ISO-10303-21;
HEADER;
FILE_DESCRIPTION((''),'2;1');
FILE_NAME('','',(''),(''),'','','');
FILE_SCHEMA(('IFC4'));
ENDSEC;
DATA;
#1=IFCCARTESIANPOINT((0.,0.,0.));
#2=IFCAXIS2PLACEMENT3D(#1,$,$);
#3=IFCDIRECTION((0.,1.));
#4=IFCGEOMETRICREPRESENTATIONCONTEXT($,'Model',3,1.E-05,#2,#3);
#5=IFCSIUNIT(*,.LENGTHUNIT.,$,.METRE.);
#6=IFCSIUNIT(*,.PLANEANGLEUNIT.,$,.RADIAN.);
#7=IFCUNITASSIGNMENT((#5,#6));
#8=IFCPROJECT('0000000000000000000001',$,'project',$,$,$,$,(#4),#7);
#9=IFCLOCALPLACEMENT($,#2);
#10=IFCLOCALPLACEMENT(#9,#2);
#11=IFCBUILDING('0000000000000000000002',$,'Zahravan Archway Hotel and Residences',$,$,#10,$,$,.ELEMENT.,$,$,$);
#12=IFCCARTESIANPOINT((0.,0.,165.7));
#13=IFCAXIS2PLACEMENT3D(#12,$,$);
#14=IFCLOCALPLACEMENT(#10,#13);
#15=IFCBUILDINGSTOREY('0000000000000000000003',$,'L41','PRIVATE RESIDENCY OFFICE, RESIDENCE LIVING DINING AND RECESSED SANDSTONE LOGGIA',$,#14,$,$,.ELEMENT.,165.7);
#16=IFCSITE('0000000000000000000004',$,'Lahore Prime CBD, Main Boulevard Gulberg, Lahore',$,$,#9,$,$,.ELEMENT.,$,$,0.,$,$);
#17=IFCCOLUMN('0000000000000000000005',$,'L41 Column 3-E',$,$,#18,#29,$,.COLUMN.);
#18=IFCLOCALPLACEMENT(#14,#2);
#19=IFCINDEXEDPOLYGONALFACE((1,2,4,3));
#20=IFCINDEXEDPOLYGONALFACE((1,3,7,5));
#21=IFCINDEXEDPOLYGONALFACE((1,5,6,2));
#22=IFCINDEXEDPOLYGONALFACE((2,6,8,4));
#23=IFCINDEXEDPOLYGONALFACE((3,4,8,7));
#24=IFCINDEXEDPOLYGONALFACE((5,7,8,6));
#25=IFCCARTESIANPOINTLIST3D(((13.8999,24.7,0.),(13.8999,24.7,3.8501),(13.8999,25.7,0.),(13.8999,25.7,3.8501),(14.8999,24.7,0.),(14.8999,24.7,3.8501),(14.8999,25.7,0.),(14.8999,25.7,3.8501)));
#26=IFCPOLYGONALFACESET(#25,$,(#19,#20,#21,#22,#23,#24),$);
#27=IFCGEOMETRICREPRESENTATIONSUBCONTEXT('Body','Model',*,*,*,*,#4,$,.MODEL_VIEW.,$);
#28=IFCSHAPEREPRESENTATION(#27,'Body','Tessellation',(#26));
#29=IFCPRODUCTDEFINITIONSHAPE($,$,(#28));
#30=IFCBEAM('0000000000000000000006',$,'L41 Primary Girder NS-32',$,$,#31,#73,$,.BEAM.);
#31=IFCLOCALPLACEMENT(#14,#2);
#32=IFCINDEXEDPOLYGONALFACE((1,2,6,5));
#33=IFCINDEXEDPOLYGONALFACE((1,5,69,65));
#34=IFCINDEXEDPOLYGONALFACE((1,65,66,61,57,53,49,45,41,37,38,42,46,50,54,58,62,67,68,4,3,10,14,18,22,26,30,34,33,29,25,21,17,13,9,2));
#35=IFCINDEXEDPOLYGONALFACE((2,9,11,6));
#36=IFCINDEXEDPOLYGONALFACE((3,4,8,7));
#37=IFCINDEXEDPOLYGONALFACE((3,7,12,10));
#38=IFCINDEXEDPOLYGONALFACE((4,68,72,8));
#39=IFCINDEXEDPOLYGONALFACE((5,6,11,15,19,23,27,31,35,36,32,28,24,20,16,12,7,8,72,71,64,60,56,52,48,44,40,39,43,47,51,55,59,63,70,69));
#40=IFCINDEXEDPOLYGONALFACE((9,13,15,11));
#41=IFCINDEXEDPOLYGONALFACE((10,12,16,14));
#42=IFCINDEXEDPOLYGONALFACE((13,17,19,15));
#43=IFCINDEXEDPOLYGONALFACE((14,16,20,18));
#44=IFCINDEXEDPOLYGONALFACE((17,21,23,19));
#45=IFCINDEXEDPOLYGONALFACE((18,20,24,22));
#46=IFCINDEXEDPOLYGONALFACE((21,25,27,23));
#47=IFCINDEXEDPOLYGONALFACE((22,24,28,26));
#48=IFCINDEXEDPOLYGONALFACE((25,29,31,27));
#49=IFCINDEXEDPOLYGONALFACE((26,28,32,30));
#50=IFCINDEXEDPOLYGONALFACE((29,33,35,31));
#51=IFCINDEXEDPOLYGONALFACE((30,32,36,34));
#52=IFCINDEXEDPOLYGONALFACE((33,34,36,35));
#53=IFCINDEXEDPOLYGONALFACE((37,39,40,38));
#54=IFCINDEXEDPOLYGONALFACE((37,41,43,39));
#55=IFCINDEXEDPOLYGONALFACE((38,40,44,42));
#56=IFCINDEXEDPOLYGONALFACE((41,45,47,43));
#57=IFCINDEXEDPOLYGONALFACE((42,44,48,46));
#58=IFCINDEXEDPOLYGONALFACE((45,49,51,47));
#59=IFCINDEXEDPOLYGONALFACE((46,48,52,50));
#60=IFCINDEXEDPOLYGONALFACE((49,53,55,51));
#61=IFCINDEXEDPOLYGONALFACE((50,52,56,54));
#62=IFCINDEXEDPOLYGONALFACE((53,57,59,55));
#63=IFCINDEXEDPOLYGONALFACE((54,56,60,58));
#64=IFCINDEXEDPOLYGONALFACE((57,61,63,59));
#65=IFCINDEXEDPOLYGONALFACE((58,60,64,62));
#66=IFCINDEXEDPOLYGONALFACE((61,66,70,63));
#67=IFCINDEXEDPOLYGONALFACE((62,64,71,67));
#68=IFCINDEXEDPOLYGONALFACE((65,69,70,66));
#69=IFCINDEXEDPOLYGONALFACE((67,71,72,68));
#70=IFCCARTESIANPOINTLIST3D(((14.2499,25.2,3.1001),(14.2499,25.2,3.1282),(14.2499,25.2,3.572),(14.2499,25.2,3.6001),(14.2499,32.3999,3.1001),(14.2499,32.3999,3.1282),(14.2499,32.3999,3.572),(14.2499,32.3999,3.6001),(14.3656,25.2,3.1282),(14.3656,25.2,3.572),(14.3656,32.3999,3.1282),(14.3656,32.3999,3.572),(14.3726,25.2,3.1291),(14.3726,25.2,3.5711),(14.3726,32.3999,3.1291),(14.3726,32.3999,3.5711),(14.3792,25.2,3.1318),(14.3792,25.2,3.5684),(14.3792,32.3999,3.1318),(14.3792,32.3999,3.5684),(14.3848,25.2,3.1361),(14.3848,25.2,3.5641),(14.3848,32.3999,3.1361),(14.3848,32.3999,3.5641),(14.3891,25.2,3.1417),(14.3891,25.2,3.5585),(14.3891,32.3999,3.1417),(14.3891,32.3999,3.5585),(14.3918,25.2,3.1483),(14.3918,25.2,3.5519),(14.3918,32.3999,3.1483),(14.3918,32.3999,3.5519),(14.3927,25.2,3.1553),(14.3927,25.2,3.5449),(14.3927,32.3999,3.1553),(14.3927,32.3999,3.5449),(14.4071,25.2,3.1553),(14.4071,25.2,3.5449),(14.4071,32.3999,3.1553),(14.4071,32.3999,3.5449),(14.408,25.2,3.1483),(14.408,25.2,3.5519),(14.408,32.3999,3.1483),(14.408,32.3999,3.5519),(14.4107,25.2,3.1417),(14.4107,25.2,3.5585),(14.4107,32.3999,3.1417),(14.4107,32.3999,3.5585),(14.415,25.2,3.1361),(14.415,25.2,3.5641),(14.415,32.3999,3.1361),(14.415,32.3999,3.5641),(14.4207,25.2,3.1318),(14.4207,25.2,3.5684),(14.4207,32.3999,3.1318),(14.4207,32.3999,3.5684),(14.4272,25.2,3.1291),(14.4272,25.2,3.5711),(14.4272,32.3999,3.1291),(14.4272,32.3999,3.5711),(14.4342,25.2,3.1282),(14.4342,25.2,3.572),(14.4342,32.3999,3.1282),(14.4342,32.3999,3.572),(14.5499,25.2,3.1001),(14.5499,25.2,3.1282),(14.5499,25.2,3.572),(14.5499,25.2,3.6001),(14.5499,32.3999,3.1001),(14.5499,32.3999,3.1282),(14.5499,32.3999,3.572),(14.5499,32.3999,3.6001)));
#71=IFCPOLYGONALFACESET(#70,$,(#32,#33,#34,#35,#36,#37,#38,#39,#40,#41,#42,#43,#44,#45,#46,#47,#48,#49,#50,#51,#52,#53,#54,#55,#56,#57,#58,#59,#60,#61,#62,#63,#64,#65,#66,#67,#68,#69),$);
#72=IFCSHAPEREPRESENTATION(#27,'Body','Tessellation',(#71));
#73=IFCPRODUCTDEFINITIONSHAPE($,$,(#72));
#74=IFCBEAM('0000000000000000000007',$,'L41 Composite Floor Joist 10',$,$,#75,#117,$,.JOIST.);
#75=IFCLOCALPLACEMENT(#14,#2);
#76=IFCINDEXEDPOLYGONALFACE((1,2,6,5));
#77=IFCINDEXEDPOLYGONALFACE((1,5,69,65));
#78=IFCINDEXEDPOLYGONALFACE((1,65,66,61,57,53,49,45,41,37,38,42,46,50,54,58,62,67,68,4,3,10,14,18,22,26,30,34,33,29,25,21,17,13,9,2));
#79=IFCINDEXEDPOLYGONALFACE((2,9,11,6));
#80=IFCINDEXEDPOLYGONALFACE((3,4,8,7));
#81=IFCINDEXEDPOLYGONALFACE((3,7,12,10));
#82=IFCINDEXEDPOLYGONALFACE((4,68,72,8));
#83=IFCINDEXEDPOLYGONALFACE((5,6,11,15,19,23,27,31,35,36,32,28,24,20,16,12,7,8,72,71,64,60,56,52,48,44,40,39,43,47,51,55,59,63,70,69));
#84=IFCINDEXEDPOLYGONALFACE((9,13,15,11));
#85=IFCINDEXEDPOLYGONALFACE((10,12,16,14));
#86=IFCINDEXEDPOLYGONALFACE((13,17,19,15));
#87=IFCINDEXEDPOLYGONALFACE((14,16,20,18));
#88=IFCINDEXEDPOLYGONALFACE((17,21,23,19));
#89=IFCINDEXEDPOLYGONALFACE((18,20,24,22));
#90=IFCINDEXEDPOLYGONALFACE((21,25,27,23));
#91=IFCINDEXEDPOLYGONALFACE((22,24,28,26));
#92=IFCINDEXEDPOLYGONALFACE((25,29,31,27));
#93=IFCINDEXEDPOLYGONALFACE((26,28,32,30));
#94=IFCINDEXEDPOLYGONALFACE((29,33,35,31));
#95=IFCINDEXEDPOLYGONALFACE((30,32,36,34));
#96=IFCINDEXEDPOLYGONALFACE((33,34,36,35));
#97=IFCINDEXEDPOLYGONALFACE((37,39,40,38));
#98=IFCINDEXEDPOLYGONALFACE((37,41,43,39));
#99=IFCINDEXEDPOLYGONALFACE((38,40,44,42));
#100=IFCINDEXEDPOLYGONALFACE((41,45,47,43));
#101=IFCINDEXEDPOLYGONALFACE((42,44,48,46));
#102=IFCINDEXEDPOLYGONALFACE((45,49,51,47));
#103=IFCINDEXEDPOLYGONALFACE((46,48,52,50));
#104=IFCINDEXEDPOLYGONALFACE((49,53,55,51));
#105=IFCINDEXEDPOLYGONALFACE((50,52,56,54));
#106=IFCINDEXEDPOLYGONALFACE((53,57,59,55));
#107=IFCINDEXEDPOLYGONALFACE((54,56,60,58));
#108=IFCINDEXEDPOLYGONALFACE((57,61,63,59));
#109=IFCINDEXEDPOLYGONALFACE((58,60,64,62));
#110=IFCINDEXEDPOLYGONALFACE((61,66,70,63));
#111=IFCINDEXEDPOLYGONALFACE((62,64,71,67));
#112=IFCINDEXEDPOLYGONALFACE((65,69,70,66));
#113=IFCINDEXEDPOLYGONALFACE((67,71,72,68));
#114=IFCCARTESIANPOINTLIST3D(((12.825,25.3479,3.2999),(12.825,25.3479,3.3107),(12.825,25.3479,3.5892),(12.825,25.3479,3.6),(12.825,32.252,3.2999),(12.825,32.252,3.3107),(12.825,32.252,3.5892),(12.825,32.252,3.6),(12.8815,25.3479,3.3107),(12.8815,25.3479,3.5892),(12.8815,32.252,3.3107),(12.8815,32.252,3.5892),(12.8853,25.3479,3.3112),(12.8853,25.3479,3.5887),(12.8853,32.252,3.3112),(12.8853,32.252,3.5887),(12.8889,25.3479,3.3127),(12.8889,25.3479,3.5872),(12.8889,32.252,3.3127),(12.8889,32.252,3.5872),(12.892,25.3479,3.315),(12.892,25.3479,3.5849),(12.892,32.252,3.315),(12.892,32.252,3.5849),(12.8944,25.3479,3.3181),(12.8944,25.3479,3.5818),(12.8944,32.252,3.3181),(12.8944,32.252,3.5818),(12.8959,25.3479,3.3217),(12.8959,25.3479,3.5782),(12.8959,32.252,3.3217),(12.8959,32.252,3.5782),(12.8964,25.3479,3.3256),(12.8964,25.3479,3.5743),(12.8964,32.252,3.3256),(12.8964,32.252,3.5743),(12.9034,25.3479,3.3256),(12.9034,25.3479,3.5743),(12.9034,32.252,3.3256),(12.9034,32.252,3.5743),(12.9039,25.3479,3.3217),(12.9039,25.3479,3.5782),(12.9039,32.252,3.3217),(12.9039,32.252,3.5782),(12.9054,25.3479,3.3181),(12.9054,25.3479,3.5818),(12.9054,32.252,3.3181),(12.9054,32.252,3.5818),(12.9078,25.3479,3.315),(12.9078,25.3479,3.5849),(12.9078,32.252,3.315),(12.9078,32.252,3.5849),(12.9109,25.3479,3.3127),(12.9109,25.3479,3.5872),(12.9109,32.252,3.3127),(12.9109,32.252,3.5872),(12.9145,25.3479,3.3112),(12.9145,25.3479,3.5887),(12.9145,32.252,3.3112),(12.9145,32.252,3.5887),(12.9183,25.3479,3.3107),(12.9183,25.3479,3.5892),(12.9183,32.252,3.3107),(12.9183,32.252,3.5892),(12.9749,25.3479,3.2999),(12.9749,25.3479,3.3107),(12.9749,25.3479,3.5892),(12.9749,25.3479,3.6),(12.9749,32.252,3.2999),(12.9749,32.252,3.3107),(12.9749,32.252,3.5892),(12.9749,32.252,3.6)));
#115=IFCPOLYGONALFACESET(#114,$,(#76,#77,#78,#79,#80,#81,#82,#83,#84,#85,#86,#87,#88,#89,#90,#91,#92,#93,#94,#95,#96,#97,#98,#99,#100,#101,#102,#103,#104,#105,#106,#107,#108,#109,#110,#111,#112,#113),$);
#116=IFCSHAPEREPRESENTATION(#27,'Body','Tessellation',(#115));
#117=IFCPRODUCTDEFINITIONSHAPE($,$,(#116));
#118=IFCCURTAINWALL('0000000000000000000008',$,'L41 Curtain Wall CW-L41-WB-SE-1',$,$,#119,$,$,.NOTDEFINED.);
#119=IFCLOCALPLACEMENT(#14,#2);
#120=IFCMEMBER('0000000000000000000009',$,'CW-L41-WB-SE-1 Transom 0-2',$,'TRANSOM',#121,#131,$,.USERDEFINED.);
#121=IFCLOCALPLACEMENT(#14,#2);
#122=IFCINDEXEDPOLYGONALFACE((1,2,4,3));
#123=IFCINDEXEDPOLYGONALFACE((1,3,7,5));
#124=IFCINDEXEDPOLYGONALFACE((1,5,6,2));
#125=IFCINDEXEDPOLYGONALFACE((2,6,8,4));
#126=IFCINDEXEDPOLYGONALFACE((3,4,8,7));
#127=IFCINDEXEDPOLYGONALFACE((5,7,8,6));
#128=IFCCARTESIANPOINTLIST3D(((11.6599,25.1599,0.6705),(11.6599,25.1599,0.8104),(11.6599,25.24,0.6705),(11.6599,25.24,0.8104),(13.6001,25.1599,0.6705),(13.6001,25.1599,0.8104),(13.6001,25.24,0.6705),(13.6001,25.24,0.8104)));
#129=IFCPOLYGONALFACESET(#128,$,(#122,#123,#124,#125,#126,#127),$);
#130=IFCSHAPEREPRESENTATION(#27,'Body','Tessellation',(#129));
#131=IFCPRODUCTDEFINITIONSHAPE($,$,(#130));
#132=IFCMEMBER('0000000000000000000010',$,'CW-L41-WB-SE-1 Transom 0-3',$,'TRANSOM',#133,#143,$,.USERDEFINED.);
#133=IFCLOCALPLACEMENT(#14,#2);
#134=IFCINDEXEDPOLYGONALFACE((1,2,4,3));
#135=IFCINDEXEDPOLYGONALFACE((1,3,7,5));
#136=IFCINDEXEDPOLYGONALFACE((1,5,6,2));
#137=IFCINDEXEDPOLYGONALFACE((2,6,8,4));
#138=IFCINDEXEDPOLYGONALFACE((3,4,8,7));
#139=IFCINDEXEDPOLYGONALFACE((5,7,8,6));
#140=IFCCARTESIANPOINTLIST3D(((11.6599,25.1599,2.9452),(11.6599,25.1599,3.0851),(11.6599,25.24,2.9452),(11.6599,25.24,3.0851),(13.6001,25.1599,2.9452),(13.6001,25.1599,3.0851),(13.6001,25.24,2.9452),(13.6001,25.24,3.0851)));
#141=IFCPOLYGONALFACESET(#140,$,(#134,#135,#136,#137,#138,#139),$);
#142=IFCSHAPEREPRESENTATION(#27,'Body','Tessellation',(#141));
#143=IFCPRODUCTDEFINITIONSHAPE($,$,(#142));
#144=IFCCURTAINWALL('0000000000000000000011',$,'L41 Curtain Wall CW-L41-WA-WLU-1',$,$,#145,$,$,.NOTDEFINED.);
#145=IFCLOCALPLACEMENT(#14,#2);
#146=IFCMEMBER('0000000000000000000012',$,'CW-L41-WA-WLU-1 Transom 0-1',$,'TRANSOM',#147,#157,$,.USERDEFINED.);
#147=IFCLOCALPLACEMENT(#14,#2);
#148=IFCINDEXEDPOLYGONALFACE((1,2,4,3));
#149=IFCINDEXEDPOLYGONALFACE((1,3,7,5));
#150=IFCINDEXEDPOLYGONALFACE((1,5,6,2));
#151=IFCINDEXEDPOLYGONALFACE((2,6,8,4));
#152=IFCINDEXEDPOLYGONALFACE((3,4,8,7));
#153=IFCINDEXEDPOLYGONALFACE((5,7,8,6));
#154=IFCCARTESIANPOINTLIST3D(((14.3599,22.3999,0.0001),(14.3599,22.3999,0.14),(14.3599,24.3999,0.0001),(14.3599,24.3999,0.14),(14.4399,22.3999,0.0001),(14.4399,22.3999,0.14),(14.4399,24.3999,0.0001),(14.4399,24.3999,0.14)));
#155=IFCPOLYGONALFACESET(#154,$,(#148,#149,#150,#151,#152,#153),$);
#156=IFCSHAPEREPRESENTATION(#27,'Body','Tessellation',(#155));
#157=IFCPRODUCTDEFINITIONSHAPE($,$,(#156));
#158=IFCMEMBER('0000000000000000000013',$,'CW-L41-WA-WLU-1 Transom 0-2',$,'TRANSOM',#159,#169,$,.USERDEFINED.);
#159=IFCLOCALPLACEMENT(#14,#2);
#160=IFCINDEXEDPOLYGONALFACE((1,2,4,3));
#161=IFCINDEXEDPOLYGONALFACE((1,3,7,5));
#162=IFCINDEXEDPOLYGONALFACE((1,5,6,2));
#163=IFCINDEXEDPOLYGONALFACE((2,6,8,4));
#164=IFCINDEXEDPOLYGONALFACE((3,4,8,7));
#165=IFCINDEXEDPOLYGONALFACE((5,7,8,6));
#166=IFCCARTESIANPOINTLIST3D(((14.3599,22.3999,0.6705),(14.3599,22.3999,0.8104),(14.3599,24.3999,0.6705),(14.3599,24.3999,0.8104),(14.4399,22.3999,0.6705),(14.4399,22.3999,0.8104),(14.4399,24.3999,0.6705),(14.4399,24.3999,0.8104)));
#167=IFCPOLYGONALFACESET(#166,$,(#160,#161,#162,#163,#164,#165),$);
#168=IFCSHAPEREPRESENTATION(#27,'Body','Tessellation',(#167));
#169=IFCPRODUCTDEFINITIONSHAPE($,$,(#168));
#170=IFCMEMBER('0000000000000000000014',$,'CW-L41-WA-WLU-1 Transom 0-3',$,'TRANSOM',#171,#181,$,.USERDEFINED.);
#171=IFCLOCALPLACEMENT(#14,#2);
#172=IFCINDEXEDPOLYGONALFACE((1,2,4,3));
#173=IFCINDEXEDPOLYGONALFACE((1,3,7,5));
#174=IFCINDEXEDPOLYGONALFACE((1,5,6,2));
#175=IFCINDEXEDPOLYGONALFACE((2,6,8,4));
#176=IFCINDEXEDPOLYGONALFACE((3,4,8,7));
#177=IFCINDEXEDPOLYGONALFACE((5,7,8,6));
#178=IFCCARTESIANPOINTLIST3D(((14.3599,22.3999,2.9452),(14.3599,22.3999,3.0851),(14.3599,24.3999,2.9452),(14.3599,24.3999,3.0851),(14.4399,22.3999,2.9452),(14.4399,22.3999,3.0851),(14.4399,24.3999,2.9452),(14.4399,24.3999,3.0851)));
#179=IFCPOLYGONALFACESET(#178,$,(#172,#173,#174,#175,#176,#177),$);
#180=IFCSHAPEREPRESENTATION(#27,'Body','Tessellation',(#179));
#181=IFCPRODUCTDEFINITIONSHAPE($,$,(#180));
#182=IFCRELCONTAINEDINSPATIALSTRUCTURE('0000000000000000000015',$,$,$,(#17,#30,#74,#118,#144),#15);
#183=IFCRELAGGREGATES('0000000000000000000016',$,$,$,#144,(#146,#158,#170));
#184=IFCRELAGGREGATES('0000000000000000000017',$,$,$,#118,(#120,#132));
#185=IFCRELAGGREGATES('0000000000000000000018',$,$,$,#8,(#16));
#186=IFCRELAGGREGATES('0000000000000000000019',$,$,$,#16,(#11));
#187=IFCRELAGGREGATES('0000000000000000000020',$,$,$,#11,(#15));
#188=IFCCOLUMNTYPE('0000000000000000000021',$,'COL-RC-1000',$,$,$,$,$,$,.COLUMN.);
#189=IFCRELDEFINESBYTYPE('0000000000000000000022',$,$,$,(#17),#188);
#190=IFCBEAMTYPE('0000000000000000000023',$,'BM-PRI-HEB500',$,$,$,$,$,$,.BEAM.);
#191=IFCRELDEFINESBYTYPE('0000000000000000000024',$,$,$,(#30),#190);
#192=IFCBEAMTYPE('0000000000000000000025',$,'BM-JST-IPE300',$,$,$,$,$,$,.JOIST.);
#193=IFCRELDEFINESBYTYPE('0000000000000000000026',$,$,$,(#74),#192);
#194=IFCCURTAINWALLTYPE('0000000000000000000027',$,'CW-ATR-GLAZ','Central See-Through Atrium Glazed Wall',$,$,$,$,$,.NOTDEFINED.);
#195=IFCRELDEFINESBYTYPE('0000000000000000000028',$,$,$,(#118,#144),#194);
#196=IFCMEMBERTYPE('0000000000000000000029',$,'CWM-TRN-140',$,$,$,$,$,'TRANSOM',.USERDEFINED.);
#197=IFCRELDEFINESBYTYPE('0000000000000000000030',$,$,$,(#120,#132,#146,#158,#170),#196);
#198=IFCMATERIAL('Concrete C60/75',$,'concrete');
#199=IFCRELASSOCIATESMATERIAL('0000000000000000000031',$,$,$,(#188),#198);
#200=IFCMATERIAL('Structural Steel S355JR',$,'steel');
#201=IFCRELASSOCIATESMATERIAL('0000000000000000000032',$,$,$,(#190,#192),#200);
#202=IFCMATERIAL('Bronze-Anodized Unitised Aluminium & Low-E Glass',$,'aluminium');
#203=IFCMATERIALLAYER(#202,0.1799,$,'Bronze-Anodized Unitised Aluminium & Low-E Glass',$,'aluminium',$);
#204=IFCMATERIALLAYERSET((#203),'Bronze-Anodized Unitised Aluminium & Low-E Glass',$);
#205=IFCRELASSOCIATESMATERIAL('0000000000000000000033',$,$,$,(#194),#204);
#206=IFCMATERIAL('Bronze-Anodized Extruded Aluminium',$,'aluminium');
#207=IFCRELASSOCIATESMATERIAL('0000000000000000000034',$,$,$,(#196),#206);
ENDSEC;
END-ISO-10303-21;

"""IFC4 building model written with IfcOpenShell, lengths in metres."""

from ifc_helpers import new_model, si_unit, direction, frame, origin, origin_2d, place, context, subcontext, project, spatial, rectangle, i_section, extrude, source, transform, mapped, material, layer, layer_set, material_profile, profile_set, type_object, type_shapes, element, aggregate, save


model = new_model("IFC4")

# Units and contexts
model_context = context("Model", 3, precision=1e-05, world=origin(), true_north=direction((0.0, 1.0)))
body_context = subcontext(model_context, "Body", "Model", "MODEL_VIEW")
ifc_project = project(units=[si_unit("LENGTHUNIT", "METRE"), si_unit("PLANEANGLEUNIT", "RADIAN")], contexts=[model_context])

# Site, building, storey
site_placement = place(None, origin())
site = spatial("IfcSite", under=ifc_project, at=site_placement, Name="Lahore Prime CBD, Main Boulevard Gulberg, Lahore", CompositionType="ELEMENT", RefElevation=0.0)
building_placement = place(site_placement, origin())
building = spatial("IfcBuilding", under=site, at=building_placement, Name="Zahravan Archway Hotel and Residences", CompositionType="ELEMENT")
storey_placement = place(building_placement, frame((0.0, 0.0, 165.7)))
storey = spatial("IfcBuildingStorey", under=building, at=storey_placement, Name="L41", Description="PRIVATE RESIDENCY OFFICE, RESIDENCE LIVING DINING AND RECESSED SANDSTONE LOGGIA", CompositionType="ELEMENT", Elevation=165.7)

# Column
ifc_material_1 = material(Name="Concrete C60/75", Category="concrete")
ifc_material_profile_1 = material_profile(ifc_material_1, rectangle(XDim=1.0, YDim=1.0, at=origin_2d()), Name="RC-COL-1000x1000", Category="concrete")
ifc_profile_set_1 = profile_set([ifc_material_profile_1], Name="Concrete C60/75")
column_type = type_object("IfcColumnType", Name="COL-RC-1000", PredefinedType="COLUMN", material=ifc_profile_set_1)
shared_shape_1 = source(origin(), body_context, "Body", "SweptSolid", [
    extrude(rectangle(XDim=1.0, YDim=1.0, at=origin_2d()), origin(), (0.0, 0.0, 1.0), 3.8501),
])
column_placement = place(storey_placement, frame((14.3999, 25.2, 0.0), z_axis=(0.0, 0.0, 1.0), x_axis=(1.0, 0.0, 0.0)))
element("IfcColumn", 1, at=column_placement, inside=storey, type_object=column_type, Name="L41 Column 3-E", PredefinedType="COLUMN", context=body_context, shape_type="MappedRepresentation", body=[
    mapped(shared_shape_1, transform((0.0, 0.0, 0.0), scale=1.0)),
])

# Beams
ifc_material_2 = material(Name="Structural Steel S355JR", Category="steel")
ifc_material_profile_2 = material_profile(ifc_material_2, i_section(OverallWidth=0.3, OverallDepth=0.5, WebThickness=0.0144, FlangeThickness=0.0281, FilletRadius=0.0271, at=origin_2d()), Name="HEB 500", Category="steel")
ifc_profile_set_2 = profile_set([ifc_material_profile_2], Name="Structural Steel S355JR")
beam_type_1 = type_object("IfcBeamType", Name="BM-PRI-HEB500", PredefinedType="BEAM", material=ifc_profile_set_2)
shared_shape_2 = source(origin(), body_context, "Body", "SweptSolid", [
    extrude(i_section(OverallWidth=0.3, OverallDepth=0.5, WebThickness=0.0144, FlangeThickness=0.0281, FilletRadius=0.0271, at=origin_2d()), origin(), (0.0, 0.0, 1.0), 7.2),
])
beam_1_placement = place(storey_placement, frame((14.3999, 25.2, 3.3501), z_axis=(0.0, 1.0, 0.0), x_axis=(-1.0, 0.0, 0.0)))
element("IfcBeam", 2, at=beam_1_placement, inside=storey, type_object=beam_type_1, Name="L41 Primary Girder NS-32", PredefinedType="BEAM", context=body_context, shape_type="MappedRepresentation", body=[
    mapped(shared_shape_2, transform((0.0, 0.0, 0.0), scale=1.0)),
])
ifc_material_profile_3 = material_profile(ifc_material_2, i_section(OverallWidth=0.1499, OverallDepth=0.3, WebThickness=0.0071, FlangeThickness=0.0107, FilletRadius=0.0149, at=origin_2d()), Name="IPE 300", Category="steel")
ifc_profile_set_3 = profile_set([ifc_material_profile_3], Name="Structural Steel S355JR")
beam_type_2 = type_object("IfcBeamType", Name="BM-JST-IPE300", PredefinedType="JOIST", material=ifc_profile_set_3)
shared_shape_3 = source(origin(), body_context, "Body", "SweptSolid", [
    extrude(i_section(OverallWidth=0.1499, OverallDepth=0.3, WebThickness=0.0071, FlangeThickness=0.0107, FilletRadius=0.0149, at=origin_2d()), origin(), (0.0, 0.0, 1.0), 6.9041),
])
type_shapes(beam_type_2, [shared_shape_3])
beam_2_placement = place(storey_placement, frame((12.8999, 25.3479, 3.45), z_axis=(0.0, 1.0, 0.0), x_axis=(-1.0, 0.0, 0.0)))
element("IfcBeam", 3, at=beam_2_placement, inside=storey, type_object=beam_type_2, Name="L41 Composite Floor Joist 10", PredefinedType="JOIST", context=body_context, shape_type="MappedRepresentation", body=[
    mapped(shared_shape_3, transform((0.0, 0.0, 0.0), scale=1.0)),
])

# Curtain walls, members
ifc_material_3 = material(Name="Bronze-Anodized Unitised Aluminium & Low-E Glass", Category="aluminium")
ifc_layer_1 = layer(ifc_material_3, 0.1799, Name="Bronze-Anodized Unitised Aluminium & Low-E Glass", Category="aluminium")
ifc_layer_set_1 = layer_set([ifc_layer_1], Name="Bronze-Anodized Unitised Aluminium & Low-E Glass")
curtain_wall_type = type_object("IfcCurtainWallType", Name="CW-ATR-GLAZ", Description="Central See-Through Atrium Glazed Wall", PredefinedType="NOTDEFINED", material=ifc_layer_set_1)
curtain_wall_1_placement = place(storey_placement, origin())
curtain_wall_1 = element("IfcCurtainWall", 4, at=curtain_wall_1_placement, inside=storey, type_object=curtain_wall_type, Name="L41 Curtain Wall CW-L41-WB-SE-1", PredefinedType="NOTDEFINED")
ifc_material_4 = material(Name="Bronze-Anodized Extruded Aluminium", Category="aluminium")
ifc_material_profile_4 = material_profile(ifc_material_4, rectangle(XDim=0.0801, YDim=0.1399, at=origin_2d()), Name="TRN 80x140", Category="aluminium")
ifc_profile_set_4 = profile_set([ifc_material_profile_4], Name="Bronze-Anodized Extruded Aluminium")
member_type_1 = type_object("IfcMemberType", Name="CWM-TRN-140", ElementType="TRANSOM", PredefinedType="USERDEFINED", material=ifc_profile_set_4)
shared_shape_4 = source(origin(), body_context, "Body", "SweptSolid", [
    extrude(rectangle(XDim=0.0801, YDim=0.1399, at=origin_2d()), origin(), (0.0, 0.0, 1.0), 1.9402),
])
member_1_placement = place(storey_placement, frame((11.6599, 25.2, 0.7405), z_axis=(1.0, 0.0, 0.0), x_axis=(0.0, 1.0, 0.0)))
member_1 = element("IfcMember", 5, at=member_1_placement, type_object=member_type_1, Name="CW-L41-WB-SE-1 Transom 0-2", ObjectType="TRANSOM", PredefinedType="USERDEFINED", context=body_context, shape_type="MappedRepresentation", body=[
    mapped(shared_shape_4, transform((0.0, 0.0, 0.0), scale=1.0)),
])
member_2_placement = place(storey_placement, frame((11.6599, 25.2, 3.0151), z_axis=(1.0, 0.0, 0.0), x_axis=(0.0, 1.0, 0.0)))
member_2 = element("IfcMember", 6, at=member_2_placement, type_object=member_type_1, Name="CW-L41-WB-SE-1 Transom 0-3", ObjectType="TRANSOM", PredefinedType="USERDEFINED", context=body_context, shape_type="MappedRepresentation", body=[
    mapped(shared_shape_4, transform((0.0, 0.0, 0.0), scale=1.0)),
])
curtain_wall_2_placement = place(storey_placement, origin())
curtain_wall_2 = element("IfcCurtainWall", 7, at=curtain_wall_2_placement, inside=storey, type_object=curtain_wall_type, Name="L41 Curtain Wall CW-L41-WA-WLU-1", PredefinedType="NOTDEFINED")
shared_shape_5 = source(origin(), body_context, "Body", "SweptSolid", [
    extrude(rectangle(XDim=0.0801, YDim=0.1399, at=origin_2d()), origin(), (0.0, 0.0, 1.0), 2.0),
])
member_3_placement = place(storey_placement, frame((14.3999, 22.3999, 0.0701), z_axis=(0.0, 1.0, 0.0), x_axis=(-1.0, 0.0, 0.0)))
member_3 = element("IfcMember", 8, at=member_3_placement, type_object=member_type_1, Name="CW-L41-WA-WLU-1 Transom 0-1", ObjectType="TRANSOM", PredefinedType="USERDEFINED", context=body_context, shape_type="MappedRepresentation", body=[
    mapped(shared_shape_5, transform((0.0, 0.0, 0.0), scale=1.0)),
])
member_4_placement = place(storey_placement, frame((14.3999, 22.3999, 0.7405), z_axis=(0.0, 1.0, 0.0), x_axis=(-1.0, 0.0, 0.0)))
member_4 = element("IfcMember", 9, at=member_4_placement, type_object=member_type_1, Name="CW-L41-WA-WLU-1 Transom 0-2", ObjectType="TRANSOM", PredefinedType="USERDEFINED", context=body_context, shape_type="MappedRepresentation", body=[
    mapped(shared_shape_5, transform((0.0, 0.0, 0.0), scale=1.0)),
])
member_5_placement = place(storey_placement, frame((14.3999, 22.3999, 3.0151), z_axis=(0.0, 1.0, 0.0), x_axis=(-1.0, 0.0, 0.0)))
member_5 = element("IfcMember", 10, at=member_5_placement, type_object=member_type_1, Name="CW-L41-WA-WLU-1 Transom 0-3", ObjectType="TRANSOM", PredefinedType="USERDEFINED", context=body_context, shape_type="MappedRepresentation", body=[
    mapped(shared_shape_5, transform((0.0, 0.0, 0.0), scale=1.0)),
])

aggregate(curtain_wall_2, [member_3, member_4, member_5])
aggregate(curtain_wall_1, [member_1, member_2])

save(model, "model.ifc")
